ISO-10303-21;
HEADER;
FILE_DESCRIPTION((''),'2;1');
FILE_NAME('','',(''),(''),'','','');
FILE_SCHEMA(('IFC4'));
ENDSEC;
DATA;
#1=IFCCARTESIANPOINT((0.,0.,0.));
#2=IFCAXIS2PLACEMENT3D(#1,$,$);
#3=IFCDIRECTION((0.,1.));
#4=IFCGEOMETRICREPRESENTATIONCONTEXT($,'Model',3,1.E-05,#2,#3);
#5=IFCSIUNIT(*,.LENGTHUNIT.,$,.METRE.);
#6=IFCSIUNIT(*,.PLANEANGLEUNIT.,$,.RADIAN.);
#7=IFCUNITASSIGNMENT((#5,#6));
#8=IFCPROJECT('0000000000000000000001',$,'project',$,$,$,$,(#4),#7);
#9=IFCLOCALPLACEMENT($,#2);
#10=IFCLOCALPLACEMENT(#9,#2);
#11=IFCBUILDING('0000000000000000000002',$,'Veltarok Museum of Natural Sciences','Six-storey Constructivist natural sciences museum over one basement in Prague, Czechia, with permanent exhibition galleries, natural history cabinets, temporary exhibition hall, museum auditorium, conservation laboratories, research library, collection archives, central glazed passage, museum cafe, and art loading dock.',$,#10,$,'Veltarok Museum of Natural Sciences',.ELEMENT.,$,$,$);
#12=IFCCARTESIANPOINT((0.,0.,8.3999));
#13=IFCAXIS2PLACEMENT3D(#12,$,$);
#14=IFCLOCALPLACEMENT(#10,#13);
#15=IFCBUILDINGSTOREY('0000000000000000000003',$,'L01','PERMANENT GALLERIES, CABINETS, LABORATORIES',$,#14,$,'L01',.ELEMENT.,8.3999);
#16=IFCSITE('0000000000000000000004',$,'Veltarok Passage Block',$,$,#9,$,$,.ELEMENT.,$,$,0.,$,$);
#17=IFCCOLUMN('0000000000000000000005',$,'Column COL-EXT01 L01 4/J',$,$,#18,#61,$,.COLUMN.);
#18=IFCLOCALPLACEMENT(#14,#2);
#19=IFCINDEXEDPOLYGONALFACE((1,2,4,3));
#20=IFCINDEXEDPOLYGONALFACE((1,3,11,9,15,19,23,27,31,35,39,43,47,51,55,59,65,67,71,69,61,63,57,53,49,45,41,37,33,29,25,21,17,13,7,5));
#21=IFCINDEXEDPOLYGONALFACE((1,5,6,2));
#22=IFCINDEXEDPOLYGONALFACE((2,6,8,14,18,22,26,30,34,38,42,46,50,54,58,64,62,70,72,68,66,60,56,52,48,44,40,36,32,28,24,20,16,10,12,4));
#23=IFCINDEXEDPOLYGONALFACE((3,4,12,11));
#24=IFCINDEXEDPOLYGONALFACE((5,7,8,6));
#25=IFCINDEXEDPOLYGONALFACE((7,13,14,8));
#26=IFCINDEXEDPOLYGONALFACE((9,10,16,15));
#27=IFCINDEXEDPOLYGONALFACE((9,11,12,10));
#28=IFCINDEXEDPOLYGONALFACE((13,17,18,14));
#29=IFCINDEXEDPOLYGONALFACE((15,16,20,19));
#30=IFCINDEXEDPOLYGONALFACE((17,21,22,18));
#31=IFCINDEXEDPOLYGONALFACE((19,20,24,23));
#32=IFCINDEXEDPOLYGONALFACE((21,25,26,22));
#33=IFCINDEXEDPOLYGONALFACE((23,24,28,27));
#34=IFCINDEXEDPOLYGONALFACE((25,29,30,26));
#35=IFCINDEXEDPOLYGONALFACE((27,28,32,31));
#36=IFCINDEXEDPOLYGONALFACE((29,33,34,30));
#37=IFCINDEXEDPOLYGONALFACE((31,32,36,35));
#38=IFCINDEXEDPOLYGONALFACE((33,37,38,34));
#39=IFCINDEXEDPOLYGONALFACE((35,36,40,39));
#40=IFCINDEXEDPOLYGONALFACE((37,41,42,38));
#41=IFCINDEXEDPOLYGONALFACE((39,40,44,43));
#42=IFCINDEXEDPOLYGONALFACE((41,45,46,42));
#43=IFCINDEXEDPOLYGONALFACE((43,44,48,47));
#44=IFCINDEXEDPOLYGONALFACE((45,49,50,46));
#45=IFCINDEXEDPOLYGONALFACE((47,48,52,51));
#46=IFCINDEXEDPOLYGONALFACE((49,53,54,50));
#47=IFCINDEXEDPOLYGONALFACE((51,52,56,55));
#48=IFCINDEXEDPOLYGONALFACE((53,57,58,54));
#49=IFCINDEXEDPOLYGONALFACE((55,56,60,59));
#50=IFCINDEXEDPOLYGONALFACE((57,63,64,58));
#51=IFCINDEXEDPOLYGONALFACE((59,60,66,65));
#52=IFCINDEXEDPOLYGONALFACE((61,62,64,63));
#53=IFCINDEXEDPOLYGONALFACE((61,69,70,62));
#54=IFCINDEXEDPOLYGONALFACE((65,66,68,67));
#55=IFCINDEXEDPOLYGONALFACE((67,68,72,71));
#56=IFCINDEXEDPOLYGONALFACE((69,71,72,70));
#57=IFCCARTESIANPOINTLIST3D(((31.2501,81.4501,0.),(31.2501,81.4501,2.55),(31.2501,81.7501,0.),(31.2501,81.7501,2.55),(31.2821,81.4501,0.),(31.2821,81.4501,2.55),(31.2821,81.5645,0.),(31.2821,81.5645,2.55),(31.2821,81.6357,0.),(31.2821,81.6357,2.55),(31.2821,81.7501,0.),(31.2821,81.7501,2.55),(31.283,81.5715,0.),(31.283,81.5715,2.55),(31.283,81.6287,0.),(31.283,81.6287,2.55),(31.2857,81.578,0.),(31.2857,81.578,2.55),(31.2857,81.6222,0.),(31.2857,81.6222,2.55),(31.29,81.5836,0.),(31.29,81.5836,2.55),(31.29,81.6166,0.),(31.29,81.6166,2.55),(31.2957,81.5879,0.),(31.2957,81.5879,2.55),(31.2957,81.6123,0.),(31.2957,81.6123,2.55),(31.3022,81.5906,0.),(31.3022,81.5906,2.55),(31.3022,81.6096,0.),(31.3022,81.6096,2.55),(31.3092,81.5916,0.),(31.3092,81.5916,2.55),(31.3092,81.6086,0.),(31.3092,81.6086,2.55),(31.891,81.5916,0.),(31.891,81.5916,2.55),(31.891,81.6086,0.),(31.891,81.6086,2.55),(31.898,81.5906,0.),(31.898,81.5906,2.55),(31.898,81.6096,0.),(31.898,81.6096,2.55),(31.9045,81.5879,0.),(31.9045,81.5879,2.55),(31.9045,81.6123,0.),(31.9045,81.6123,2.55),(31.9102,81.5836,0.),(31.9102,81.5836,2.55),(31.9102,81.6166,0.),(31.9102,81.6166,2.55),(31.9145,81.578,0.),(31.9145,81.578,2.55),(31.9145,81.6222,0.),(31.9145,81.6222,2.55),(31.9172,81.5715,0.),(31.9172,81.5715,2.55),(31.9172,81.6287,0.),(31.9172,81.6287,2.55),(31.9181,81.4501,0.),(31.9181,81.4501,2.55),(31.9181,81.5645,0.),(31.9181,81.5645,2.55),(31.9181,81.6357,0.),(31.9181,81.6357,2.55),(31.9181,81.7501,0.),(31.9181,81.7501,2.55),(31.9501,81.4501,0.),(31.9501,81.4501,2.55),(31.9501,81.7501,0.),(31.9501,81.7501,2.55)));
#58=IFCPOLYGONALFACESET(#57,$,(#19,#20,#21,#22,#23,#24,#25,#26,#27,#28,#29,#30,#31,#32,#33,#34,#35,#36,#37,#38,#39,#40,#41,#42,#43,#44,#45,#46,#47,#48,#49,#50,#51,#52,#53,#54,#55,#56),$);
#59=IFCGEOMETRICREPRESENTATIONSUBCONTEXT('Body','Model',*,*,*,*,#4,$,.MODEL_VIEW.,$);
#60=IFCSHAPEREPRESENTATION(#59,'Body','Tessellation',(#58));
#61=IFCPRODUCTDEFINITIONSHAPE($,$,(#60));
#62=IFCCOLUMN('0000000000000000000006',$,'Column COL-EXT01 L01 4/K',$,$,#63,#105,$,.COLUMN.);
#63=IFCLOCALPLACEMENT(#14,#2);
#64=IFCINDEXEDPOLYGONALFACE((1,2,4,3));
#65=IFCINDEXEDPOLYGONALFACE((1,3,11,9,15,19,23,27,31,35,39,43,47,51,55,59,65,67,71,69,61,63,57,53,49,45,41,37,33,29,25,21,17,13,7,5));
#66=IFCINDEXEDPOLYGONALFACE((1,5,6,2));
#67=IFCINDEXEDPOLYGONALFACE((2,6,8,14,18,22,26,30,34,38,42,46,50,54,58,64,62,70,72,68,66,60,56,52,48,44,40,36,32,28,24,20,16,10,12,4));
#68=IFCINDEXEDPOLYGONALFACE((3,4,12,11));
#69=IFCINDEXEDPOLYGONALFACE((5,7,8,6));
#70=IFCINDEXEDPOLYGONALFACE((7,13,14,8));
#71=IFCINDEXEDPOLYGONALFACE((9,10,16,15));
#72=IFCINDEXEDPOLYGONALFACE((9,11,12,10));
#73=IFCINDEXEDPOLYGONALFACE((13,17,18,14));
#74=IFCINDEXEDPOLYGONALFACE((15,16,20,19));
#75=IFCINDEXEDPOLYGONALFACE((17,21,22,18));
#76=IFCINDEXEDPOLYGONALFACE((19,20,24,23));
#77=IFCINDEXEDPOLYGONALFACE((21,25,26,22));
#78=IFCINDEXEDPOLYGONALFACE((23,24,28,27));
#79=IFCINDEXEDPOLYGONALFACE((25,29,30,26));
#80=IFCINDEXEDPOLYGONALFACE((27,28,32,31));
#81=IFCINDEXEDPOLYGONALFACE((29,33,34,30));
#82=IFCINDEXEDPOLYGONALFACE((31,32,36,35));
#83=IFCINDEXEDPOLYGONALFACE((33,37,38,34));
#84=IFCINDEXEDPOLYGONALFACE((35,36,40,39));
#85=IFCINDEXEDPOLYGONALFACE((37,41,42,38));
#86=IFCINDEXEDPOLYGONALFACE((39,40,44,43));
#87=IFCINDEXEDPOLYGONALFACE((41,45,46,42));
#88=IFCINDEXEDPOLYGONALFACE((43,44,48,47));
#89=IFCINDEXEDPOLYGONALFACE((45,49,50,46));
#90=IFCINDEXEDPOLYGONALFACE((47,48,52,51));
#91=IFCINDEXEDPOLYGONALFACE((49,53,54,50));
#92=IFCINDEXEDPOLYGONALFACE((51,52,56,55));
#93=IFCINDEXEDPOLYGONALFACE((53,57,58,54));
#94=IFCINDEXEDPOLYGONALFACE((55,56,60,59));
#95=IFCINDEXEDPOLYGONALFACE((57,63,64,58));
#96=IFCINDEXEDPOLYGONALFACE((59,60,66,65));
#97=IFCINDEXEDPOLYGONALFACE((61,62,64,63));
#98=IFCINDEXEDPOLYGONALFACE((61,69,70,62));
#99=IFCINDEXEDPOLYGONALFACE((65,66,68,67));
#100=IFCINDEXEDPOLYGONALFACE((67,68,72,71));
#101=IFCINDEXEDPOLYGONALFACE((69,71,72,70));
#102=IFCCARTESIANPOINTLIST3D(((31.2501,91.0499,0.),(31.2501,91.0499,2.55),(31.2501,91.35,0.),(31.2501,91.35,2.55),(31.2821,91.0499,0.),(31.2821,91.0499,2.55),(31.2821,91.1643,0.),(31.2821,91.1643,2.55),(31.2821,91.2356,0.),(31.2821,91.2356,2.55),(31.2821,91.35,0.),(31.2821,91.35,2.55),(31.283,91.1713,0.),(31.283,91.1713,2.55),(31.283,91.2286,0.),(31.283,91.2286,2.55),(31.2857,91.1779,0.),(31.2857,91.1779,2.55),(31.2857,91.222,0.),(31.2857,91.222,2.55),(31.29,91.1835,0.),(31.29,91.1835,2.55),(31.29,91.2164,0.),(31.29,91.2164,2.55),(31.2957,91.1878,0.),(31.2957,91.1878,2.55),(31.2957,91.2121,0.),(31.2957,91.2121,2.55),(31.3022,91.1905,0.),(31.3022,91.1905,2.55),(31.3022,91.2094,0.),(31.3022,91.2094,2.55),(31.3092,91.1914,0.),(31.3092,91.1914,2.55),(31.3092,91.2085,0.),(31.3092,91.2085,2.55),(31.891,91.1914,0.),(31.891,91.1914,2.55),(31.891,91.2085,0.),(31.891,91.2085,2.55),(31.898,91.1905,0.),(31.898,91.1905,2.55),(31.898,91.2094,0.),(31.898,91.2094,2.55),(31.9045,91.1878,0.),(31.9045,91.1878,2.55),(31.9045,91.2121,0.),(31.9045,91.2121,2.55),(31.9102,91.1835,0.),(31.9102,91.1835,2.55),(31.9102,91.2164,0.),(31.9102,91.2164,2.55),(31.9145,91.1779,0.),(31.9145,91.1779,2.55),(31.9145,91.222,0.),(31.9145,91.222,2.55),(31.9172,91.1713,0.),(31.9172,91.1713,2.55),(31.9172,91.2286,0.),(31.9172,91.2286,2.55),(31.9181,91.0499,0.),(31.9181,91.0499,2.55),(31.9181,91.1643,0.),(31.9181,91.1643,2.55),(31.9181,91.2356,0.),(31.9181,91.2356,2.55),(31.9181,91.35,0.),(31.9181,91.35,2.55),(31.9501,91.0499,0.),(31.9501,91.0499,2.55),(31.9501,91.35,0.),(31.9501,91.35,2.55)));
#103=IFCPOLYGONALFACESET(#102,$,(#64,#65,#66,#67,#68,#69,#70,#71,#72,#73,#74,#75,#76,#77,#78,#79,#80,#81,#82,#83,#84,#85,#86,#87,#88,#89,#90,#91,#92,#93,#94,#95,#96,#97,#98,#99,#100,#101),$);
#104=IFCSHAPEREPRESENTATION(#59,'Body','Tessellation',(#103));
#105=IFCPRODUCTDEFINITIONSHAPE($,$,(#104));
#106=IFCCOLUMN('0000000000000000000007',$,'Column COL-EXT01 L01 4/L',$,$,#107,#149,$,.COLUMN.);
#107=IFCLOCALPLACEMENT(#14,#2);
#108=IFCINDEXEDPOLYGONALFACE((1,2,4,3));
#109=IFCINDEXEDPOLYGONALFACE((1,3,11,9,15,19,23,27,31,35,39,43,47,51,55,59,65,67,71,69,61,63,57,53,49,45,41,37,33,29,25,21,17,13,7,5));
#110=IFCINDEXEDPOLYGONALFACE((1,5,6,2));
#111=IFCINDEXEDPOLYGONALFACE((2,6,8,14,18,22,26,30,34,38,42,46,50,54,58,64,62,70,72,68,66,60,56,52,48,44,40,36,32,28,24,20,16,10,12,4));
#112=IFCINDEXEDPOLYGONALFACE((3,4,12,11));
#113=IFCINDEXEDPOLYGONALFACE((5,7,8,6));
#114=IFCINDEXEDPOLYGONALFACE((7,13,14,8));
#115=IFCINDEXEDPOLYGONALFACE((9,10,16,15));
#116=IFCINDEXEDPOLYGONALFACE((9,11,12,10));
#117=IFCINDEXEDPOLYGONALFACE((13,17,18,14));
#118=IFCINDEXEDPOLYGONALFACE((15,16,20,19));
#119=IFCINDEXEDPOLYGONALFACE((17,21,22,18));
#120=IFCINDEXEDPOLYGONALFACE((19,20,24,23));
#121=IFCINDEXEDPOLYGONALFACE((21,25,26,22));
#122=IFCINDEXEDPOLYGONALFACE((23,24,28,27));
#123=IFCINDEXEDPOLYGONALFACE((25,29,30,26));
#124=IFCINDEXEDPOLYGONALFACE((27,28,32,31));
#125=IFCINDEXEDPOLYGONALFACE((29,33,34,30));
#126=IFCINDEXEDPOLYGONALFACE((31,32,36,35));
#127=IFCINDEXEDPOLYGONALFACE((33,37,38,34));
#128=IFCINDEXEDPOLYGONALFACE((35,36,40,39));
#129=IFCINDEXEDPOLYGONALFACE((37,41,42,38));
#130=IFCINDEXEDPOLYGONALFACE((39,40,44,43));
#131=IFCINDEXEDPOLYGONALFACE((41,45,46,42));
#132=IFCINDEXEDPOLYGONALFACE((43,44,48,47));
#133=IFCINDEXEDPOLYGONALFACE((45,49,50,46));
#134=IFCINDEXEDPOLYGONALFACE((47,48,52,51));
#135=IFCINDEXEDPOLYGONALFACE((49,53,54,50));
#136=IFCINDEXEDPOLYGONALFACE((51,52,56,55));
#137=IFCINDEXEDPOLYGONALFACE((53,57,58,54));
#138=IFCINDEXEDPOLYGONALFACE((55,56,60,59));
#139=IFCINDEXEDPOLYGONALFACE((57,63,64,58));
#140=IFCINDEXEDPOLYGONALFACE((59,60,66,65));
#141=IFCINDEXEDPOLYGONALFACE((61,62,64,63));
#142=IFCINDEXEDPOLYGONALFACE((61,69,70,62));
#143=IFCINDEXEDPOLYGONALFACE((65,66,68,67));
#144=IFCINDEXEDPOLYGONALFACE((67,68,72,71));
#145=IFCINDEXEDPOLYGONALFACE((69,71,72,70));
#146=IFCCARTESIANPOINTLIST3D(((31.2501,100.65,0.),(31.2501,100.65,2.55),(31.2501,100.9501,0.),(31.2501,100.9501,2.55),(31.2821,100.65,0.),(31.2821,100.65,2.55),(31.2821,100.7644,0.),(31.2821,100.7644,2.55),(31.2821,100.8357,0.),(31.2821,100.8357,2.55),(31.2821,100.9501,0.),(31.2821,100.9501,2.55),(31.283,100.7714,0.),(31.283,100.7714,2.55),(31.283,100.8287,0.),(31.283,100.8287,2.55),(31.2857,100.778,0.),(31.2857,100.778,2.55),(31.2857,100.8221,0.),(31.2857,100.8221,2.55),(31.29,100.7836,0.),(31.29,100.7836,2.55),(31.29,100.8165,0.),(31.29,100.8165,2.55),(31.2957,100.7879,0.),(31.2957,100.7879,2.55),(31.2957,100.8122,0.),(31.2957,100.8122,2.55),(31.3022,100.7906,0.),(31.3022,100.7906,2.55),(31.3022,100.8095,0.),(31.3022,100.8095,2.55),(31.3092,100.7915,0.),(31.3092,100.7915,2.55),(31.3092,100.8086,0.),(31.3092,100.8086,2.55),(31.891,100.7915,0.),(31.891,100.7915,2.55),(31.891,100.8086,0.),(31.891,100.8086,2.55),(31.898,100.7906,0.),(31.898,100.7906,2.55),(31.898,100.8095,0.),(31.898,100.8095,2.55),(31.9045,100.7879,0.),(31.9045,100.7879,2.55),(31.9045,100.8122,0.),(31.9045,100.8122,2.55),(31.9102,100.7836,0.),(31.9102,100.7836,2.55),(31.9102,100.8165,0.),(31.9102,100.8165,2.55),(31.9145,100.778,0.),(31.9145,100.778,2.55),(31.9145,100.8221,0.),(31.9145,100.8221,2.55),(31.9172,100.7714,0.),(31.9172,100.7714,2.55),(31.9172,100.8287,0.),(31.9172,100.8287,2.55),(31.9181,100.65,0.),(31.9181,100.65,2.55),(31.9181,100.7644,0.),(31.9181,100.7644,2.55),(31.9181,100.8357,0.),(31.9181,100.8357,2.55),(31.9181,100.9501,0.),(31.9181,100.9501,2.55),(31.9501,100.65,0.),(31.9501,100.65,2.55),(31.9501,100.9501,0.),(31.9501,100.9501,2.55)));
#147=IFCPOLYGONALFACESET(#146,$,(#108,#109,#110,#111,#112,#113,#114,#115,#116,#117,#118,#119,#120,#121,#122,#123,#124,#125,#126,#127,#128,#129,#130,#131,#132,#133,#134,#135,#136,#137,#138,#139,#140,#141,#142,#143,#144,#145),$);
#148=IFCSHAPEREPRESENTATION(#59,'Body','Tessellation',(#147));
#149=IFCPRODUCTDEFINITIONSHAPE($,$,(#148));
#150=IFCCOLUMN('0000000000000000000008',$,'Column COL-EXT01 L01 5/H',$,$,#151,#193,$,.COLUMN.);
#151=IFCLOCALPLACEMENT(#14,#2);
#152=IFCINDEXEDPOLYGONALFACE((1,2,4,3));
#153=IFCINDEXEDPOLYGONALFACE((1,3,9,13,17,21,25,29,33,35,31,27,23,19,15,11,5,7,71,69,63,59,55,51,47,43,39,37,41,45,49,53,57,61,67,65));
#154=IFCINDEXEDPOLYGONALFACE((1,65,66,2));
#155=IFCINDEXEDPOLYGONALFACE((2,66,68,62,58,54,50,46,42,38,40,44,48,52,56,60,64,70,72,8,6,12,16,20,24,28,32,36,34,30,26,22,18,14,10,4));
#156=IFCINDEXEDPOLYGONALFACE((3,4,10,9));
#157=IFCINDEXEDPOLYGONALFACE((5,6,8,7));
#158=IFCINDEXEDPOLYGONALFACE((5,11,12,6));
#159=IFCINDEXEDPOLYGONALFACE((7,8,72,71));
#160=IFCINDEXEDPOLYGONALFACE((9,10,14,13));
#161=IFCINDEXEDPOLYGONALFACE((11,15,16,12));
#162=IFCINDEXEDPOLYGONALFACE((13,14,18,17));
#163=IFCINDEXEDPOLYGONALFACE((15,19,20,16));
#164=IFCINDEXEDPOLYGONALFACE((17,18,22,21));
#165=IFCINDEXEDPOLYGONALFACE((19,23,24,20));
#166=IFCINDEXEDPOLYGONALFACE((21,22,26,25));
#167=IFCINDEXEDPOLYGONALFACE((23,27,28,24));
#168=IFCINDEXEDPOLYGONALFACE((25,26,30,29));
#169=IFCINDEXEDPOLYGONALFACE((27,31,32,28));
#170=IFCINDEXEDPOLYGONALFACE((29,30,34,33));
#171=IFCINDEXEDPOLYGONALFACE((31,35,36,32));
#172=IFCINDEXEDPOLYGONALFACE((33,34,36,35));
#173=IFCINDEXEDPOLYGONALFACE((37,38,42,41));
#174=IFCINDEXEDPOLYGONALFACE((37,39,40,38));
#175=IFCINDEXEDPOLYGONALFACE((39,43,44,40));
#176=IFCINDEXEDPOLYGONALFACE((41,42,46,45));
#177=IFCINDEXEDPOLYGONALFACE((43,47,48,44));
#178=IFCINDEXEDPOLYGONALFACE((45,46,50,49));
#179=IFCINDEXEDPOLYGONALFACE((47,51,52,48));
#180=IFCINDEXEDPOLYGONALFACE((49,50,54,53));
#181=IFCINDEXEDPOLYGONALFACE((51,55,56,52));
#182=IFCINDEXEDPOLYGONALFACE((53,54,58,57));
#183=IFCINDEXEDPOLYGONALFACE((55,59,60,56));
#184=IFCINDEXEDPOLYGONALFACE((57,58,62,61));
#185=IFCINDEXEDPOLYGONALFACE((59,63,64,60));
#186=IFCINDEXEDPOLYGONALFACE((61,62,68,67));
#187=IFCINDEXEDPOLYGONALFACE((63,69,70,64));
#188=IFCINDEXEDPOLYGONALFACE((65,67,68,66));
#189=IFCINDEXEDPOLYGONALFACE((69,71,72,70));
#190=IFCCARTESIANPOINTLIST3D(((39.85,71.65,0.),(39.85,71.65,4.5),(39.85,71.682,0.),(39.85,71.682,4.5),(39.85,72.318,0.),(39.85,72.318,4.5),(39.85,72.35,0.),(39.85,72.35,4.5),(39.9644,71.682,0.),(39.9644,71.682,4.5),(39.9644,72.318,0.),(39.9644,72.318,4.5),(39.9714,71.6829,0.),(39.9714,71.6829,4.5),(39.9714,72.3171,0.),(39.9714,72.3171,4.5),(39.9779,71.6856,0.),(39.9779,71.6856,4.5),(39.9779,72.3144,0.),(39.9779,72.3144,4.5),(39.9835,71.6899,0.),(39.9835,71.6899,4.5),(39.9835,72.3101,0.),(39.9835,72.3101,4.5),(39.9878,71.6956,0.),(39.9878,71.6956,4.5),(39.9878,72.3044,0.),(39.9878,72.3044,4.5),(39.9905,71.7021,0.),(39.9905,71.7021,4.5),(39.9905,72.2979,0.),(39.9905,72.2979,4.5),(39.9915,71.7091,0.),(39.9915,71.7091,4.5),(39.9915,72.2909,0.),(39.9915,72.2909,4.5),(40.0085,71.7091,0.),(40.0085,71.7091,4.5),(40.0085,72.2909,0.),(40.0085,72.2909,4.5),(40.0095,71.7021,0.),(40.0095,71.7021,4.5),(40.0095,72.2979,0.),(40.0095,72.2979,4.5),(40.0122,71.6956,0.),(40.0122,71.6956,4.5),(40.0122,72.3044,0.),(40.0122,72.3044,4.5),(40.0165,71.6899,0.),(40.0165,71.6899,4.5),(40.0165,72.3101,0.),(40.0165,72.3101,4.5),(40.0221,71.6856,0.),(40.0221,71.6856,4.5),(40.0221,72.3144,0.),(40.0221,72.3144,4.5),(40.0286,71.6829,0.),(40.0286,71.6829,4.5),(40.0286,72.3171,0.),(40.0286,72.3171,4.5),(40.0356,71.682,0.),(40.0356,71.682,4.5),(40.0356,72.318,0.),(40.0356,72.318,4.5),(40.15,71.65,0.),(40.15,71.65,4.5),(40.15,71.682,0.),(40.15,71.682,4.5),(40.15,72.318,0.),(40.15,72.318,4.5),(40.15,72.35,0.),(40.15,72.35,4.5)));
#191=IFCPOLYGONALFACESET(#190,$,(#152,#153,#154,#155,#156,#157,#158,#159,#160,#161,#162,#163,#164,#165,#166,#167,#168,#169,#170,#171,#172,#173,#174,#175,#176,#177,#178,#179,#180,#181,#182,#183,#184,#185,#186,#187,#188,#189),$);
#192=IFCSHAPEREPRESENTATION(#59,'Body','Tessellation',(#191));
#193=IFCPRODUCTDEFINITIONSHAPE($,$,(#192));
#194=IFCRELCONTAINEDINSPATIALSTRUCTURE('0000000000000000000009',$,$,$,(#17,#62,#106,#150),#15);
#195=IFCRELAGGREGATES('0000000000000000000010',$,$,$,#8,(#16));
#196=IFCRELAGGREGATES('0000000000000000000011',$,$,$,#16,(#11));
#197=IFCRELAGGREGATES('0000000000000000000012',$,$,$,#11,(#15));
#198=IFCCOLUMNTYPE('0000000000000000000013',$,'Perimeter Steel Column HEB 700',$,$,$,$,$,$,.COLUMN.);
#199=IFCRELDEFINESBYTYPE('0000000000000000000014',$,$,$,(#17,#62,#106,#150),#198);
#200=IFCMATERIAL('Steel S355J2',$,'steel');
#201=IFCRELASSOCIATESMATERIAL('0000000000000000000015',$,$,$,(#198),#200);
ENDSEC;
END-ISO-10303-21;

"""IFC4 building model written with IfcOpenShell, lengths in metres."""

from ifc_helpers import new_model, si_unit, direction, frame, origin, origin_2d, place, context, subcontext, project, spatial, i_section, extrude, material, material_profile, profile_set, type_object, element, save


model = new_model("IFC4")

# Units and contexts
model_context = context("Model", 3, precision=1e-05, world=origin(), true_north=direction((0.0, 1.0)))
body_context = subcontext(model_context, "Body", "Model", "MODEL_VIEW")
ifc_project = project(units=[si_unit("LENGTHUNIT", "METRE"), si_unit("PLANEANGLEUNIT", "RADIAN")], contexts=[model_context])

# Site, building, storey
site_placement = place(None, origin())
site = spatial("IfcSite", under=ifc_project, at=site_placement, Name="Veltarok Passage Block", CompositionType="ELEMENT", RefElevation=0.0)
building_placement = place(site_placement, origin())
building = spatial("IfcBuilding", under=site, at=building_placement, Name="Veltarok Museum of Natural Sciences", Description="Six-storey Constructivist natural sciences museum over one basement in Prague, Czechia, with permanent exhibition galleries, natural history cabinets, temporary exhibition hall, museum auditorium, conservation laboratories, research library, collection archives, central glazed passage, museum cafe, and art loading dock.", LongName="Veltarok Museum of Natural Sciences", CompositionType="ELEMENT")
storey_placement = place(building_placement, frame((0.0, 0.0, 8.3999)))
storey = spatial("IfcBuildingStorey", under=building, at=storey_placement, Name="L01", Description="PERMANENT GALLERIES, CABINETS, LABORATORIES", LongName="L01", CompositionType="ELEMENT", Elevation=8.3999)

# Columns
ifc_material_1 = material(Name="Steel S355J2", Category="steel")
ifc_material_profile_1 = material_profile(ifc_material_1, i_section(OverallWidth=0.3, OverallDepth=0.7, WebThickness=0.0171, FlangeThickness=0.032, FilletRadius=0.0271, at=origin_2d()), Name="HEB 700")
ifc_profile_set_1 = profile_set([ifc_material_profile_1], Name="Steel S355J2")
column_type = type_object("IfcColumnType", Name="Perimeter Steel Column HEB 700", PredefinedType="COLUMN", material=ifc_profile_set_1)
for number, where, z_axis, x_axis, name in (
    (1, (31.6001, 81.6001, 0.0), (0.0, 0.0, 1.0), (0.0, 1.0, 0.0), "Column COL-EXT01 L01 4/J"),
    (2, (31.6001, 91.2, 0.0), (0.0, 0.0, 1.0), (0.0, 1.0, 0.0), "Column COL-EXT01 L01 4/K"),
    (3, (31.6001, 100.8, 0.0), (0.0, 0.0, 1.0), (0.0, 1.0, 0.0), "Column COL-EXT01 L01 4/L"),
):
    element("IfcColumn", number, at=place(storey_placement, frame(where, z_axis=z_axis, x_axis=x_axis)), inside=storey, type_object=column_type, Name=name, PredefinedType="COLUMN", context=body_context, shape_type="SweptSolid", body=[
        extrude(i_section(OverallWidth=0.3, OverallDepth=0.7, WebThickness=0.0171, FlangeThickness=0.032, FilletRadius=0.0271, at=origin_2d()), origin(), (0.0, 0.0, 1.0), 2.55),
    ])
column_1_placement = place(storey_placement, frame((40.0, 72.0, 0.0), z_axis=(0.0, 0.0, 1.0), x_axis=(1.0, 0.0, 0.0)))
element("IfcColumn", 4, at=column_1_placement, inside=storey, type_object=column_type, Name="Column COL-EXT01 L01 5/H", PredefinedType="COLUMN", context=body_context, shape_type="SweptSolid", body=[
    extrude(i_section(OverallWidth=0.3, OverallDepth=0.7, WebThickness=0.0171, FlangeThickness=0.032, FilletRadius=0.0271, at=origin_2d()), origin(), (0.0, 0.0, 1.0), 4.5),
])

save(model, "model.ifc")
